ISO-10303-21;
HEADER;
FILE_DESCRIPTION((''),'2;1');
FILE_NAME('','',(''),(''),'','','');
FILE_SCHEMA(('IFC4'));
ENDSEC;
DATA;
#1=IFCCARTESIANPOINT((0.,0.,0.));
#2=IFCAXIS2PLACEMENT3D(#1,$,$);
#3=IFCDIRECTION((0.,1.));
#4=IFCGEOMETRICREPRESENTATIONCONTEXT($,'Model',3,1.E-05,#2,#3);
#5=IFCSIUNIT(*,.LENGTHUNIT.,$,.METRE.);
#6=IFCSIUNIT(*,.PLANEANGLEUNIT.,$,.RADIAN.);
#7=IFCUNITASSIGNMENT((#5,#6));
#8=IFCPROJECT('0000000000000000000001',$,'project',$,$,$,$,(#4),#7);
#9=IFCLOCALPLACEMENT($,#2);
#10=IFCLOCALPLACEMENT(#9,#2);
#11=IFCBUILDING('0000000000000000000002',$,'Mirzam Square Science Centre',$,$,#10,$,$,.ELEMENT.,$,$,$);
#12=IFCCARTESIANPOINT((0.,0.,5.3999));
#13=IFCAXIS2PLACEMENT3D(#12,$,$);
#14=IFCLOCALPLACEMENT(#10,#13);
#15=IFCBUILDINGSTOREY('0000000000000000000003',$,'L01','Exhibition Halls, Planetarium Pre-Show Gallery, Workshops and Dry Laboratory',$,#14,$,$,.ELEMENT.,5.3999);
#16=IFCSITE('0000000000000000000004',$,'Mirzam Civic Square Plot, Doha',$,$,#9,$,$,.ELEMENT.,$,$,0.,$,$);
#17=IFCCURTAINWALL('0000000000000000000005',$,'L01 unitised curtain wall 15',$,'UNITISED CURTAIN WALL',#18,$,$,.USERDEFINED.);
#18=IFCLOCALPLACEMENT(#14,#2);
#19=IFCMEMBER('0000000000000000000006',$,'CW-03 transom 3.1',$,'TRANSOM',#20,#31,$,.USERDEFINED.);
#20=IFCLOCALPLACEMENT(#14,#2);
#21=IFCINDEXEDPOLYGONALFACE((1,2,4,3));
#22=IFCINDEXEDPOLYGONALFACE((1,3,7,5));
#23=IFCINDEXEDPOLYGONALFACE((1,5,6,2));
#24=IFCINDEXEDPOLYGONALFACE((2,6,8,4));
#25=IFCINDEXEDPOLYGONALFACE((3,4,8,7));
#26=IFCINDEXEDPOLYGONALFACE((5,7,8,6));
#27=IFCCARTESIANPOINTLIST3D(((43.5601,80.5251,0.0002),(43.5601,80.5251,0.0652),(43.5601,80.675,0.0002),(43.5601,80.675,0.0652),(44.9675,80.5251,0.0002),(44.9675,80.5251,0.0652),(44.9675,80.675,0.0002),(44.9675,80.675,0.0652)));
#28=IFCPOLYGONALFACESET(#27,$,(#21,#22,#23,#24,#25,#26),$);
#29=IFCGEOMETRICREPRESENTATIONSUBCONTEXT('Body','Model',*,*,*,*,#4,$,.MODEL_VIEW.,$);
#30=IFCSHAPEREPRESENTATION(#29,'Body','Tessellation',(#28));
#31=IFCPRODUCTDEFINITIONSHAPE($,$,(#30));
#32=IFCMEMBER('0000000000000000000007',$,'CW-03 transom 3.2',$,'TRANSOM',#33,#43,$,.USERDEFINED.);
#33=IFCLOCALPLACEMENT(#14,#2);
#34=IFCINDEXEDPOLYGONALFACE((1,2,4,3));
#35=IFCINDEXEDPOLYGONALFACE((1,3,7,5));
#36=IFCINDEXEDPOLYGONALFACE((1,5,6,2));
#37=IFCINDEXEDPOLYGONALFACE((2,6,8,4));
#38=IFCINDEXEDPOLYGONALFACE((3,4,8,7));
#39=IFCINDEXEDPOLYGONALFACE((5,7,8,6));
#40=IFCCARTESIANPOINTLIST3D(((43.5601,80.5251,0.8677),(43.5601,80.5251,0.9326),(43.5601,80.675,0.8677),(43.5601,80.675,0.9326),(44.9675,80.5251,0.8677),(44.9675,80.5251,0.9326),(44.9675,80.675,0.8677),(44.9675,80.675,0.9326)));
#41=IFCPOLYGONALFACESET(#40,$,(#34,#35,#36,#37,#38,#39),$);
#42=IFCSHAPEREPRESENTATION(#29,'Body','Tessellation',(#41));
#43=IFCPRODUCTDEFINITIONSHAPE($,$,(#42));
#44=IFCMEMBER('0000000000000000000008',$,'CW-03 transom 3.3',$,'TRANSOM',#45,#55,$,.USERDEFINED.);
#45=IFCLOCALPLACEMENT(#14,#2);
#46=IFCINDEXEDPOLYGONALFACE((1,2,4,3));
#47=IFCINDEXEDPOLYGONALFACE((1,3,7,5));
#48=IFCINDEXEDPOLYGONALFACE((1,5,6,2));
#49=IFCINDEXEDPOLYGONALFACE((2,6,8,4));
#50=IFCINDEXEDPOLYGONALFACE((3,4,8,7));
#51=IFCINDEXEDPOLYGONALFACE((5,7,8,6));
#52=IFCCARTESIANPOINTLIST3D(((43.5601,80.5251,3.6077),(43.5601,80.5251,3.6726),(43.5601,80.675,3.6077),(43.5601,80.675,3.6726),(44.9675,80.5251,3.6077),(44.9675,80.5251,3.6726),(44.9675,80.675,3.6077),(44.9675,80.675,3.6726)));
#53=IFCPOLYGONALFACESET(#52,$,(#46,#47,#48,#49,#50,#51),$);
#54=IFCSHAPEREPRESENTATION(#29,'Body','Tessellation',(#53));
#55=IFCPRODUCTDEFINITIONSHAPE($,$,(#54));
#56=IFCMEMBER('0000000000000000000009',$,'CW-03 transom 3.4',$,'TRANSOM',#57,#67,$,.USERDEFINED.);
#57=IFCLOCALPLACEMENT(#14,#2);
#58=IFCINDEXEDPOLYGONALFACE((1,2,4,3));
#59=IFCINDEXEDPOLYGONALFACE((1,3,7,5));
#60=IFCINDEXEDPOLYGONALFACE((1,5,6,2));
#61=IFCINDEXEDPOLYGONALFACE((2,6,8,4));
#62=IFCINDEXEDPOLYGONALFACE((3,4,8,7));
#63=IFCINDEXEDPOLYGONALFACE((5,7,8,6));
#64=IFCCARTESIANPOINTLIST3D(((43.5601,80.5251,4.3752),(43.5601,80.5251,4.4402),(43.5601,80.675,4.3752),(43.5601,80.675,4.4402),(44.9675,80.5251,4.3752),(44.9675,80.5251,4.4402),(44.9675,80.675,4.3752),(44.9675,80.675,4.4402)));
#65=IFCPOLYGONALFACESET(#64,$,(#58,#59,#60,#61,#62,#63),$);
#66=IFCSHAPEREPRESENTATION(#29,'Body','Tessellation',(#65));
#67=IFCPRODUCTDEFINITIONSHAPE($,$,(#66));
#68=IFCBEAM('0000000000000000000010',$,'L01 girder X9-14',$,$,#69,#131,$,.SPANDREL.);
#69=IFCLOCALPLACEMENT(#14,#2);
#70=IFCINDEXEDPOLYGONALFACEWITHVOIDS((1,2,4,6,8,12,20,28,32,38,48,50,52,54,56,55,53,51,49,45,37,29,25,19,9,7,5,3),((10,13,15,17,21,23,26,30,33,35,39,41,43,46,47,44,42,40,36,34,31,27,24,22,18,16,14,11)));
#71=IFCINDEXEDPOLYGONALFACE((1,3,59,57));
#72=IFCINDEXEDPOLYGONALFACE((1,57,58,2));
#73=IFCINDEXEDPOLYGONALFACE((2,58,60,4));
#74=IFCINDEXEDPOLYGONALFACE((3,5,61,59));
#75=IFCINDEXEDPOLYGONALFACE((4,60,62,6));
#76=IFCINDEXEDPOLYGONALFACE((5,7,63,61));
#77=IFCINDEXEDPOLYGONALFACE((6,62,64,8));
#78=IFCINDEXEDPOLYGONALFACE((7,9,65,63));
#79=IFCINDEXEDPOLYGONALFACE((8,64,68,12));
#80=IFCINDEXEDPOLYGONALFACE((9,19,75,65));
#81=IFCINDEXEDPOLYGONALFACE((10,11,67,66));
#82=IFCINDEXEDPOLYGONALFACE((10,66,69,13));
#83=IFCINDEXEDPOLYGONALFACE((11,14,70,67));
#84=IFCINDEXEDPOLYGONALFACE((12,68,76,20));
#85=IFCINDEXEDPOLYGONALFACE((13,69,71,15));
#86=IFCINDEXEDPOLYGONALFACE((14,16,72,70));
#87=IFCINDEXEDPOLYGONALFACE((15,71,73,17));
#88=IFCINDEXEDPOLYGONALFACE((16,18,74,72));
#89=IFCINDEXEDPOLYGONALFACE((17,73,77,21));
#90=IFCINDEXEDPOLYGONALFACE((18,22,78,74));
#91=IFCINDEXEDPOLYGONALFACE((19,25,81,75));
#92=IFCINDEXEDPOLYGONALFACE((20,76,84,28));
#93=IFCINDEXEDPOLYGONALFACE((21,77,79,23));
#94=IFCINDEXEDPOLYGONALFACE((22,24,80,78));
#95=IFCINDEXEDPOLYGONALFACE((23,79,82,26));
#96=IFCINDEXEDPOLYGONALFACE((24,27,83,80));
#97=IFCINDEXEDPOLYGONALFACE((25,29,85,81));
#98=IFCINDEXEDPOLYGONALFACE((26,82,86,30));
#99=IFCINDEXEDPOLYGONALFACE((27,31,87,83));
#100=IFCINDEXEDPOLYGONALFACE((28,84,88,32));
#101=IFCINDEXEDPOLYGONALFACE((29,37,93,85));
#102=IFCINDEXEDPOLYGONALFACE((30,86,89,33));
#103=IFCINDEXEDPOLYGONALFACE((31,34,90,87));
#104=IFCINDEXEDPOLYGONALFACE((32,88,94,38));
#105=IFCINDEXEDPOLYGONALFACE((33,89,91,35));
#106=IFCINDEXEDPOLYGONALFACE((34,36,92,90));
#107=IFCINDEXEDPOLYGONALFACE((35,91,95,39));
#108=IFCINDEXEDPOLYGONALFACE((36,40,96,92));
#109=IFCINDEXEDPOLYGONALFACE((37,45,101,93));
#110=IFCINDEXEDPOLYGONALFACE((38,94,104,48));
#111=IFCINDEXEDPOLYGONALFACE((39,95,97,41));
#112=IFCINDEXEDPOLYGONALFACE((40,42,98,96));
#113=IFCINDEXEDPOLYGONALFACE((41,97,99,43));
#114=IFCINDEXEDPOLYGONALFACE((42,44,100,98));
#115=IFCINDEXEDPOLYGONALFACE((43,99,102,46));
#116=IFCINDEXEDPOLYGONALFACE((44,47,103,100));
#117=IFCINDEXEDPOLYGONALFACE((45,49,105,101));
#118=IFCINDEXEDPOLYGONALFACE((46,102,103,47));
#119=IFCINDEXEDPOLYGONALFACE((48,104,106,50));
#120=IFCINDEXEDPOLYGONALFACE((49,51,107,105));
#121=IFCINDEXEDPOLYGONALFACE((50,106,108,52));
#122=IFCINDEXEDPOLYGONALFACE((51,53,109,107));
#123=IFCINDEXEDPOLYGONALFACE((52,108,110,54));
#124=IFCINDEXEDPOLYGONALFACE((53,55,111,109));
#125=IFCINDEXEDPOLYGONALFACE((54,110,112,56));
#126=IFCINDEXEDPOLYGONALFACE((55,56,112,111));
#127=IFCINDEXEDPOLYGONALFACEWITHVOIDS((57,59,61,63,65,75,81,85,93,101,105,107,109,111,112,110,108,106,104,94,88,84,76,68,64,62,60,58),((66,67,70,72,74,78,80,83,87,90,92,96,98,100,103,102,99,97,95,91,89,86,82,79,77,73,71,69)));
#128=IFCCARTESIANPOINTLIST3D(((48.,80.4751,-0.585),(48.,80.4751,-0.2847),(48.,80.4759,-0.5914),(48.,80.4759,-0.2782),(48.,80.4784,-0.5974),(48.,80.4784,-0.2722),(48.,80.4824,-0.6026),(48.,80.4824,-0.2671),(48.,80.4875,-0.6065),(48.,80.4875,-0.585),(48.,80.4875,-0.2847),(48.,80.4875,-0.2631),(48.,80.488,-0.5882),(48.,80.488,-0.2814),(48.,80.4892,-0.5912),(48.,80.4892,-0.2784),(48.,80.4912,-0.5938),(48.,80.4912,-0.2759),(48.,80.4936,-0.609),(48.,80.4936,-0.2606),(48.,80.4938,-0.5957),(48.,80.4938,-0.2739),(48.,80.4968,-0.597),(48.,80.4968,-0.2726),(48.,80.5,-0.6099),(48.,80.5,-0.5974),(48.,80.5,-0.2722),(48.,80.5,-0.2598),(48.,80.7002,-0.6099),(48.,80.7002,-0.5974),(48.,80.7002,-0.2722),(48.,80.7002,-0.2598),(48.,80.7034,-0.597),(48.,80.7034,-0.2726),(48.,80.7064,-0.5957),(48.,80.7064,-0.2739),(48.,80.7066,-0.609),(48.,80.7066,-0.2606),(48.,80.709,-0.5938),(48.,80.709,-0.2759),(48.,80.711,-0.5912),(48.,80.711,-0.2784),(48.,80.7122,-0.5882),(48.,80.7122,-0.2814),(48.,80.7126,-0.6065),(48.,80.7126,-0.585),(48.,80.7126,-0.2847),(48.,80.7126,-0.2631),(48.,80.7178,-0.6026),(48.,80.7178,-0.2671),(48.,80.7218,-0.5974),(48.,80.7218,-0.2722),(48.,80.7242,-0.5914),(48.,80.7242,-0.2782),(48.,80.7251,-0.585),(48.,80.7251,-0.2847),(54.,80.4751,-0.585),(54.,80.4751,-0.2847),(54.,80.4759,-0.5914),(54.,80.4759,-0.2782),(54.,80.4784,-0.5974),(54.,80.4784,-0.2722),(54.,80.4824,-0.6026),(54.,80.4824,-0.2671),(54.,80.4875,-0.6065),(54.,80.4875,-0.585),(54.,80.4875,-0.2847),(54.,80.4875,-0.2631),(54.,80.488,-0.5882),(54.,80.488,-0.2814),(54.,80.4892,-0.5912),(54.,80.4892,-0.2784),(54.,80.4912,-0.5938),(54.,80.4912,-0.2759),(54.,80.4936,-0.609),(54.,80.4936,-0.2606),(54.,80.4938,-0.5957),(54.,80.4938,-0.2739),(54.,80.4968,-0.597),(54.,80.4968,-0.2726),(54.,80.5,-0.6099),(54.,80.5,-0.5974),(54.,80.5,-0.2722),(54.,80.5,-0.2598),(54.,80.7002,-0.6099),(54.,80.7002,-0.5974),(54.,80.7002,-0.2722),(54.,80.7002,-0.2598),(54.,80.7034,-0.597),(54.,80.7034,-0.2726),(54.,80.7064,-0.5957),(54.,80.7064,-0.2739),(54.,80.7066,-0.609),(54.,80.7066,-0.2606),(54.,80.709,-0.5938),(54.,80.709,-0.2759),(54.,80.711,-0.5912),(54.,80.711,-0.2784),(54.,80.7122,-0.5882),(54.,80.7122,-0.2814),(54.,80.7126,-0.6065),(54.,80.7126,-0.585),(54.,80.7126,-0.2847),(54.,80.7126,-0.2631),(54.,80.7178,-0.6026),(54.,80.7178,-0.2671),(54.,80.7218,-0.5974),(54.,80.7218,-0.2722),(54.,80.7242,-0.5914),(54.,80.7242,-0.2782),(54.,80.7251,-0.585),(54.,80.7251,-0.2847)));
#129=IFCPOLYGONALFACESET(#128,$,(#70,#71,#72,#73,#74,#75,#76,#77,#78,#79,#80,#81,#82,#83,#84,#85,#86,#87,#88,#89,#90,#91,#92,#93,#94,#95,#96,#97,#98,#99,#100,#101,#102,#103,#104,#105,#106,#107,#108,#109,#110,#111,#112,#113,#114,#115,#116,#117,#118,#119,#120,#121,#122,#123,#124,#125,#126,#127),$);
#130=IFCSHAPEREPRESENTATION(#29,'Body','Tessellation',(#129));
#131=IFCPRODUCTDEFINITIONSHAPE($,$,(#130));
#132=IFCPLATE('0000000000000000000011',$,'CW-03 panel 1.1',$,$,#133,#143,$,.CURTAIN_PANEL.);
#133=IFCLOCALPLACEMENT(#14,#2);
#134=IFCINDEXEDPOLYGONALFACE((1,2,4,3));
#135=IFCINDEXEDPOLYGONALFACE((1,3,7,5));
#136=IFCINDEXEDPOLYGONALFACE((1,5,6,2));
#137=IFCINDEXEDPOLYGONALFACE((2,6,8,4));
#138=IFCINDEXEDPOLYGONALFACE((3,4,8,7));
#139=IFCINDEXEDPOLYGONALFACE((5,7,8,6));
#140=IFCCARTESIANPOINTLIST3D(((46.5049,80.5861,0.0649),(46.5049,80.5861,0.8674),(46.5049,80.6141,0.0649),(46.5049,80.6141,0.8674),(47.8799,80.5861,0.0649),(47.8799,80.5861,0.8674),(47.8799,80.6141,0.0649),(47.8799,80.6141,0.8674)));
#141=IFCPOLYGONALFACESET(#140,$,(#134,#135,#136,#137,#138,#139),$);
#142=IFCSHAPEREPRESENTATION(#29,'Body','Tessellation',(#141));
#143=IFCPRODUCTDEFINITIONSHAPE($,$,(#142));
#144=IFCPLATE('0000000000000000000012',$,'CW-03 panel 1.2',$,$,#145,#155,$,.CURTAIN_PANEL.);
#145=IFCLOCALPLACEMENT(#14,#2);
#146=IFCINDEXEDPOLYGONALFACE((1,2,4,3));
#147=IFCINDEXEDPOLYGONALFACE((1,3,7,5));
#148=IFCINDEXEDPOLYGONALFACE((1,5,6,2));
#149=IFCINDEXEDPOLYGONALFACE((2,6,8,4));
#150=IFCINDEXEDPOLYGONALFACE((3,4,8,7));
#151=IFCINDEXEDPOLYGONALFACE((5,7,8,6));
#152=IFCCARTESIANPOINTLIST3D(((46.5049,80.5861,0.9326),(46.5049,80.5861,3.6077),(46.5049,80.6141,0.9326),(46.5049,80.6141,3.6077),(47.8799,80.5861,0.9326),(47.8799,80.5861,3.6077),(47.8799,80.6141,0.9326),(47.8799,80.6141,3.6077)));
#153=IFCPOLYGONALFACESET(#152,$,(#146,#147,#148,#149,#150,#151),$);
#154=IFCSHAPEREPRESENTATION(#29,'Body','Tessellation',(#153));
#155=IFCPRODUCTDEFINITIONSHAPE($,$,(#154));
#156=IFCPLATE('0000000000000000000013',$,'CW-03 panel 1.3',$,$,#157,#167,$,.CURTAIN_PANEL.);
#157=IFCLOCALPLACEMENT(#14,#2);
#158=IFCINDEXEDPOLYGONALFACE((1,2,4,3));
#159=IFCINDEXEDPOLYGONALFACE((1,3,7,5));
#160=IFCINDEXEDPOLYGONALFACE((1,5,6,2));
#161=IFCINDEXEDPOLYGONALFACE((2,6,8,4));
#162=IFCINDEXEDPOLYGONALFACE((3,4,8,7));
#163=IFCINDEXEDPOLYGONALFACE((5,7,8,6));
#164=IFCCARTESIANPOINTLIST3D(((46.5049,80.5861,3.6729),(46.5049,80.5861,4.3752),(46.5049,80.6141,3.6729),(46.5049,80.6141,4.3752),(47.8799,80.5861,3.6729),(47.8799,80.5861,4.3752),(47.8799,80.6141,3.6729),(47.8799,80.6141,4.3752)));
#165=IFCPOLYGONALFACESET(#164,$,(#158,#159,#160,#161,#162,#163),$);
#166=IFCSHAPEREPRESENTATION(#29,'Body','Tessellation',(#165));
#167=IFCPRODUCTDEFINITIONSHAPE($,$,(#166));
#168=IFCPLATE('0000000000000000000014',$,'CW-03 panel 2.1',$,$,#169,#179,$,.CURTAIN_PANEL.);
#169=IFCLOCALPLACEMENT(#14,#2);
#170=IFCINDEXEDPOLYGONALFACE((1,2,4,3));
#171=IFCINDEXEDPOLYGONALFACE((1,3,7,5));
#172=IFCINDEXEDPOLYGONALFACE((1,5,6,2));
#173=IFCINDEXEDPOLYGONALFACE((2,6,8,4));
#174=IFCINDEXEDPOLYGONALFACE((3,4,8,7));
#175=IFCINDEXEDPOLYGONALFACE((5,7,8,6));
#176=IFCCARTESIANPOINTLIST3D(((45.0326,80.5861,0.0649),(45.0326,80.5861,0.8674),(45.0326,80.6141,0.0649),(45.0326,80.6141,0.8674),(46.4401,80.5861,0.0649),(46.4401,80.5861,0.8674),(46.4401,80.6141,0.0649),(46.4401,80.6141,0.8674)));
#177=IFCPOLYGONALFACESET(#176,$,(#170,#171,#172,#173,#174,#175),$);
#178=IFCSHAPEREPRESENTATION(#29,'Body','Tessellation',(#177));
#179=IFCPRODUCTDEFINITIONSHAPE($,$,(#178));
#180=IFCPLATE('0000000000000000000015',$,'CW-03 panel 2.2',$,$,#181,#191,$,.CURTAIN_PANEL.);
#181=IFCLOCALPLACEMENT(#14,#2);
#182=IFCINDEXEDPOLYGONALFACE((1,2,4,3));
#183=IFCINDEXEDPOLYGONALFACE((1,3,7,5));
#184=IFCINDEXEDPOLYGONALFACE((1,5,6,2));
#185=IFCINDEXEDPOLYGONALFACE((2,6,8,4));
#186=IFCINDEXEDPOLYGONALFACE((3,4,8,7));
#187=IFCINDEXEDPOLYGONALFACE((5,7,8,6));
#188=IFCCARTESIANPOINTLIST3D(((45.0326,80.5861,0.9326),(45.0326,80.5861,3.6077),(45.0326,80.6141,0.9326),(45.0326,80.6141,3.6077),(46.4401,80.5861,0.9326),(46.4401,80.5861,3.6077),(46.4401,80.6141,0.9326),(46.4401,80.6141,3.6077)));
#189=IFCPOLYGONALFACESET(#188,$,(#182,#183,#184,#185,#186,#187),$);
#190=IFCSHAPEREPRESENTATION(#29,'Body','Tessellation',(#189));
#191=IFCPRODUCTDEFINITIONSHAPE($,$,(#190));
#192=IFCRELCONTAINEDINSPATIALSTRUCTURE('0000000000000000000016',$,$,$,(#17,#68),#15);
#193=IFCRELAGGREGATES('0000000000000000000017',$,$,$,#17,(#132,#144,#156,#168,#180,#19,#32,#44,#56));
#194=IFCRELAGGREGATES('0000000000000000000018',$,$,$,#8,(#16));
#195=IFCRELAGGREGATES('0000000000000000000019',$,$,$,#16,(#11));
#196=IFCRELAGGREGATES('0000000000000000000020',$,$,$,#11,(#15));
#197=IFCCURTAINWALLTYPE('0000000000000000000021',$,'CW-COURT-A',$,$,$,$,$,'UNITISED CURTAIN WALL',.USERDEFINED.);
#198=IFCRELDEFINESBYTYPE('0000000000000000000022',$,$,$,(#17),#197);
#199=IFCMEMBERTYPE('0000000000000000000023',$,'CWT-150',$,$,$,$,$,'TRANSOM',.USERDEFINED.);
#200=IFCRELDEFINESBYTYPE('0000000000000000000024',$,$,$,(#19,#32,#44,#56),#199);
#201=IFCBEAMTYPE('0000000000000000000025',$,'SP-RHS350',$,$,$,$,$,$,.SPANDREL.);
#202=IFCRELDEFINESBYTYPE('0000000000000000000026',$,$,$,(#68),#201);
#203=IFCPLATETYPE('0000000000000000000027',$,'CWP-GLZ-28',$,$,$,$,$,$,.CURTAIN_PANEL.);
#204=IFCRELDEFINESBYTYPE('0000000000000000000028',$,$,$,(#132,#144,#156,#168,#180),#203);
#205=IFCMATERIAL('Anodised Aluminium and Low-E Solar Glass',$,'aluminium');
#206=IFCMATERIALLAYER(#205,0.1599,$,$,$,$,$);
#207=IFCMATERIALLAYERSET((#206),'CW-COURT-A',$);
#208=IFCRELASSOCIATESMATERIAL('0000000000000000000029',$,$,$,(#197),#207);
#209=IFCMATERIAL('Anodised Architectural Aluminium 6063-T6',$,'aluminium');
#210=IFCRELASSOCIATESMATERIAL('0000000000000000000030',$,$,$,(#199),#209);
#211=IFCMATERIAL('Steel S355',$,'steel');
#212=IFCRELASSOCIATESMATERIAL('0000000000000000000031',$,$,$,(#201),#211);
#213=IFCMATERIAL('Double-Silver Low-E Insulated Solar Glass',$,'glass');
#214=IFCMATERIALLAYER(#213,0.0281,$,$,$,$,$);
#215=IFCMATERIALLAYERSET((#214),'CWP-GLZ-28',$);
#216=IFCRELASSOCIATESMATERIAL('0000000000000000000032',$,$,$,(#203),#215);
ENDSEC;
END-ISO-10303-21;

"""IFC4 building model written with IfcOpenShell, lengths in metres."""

from ifc_helpers import new_model, si_unit, direction, frame, origin, origin_2d, place, context, subcontext, project, spatial, rectangle, hollow_rectangle, extrude, material, layer, layer_set, material_profile, profile_set, type_object, element, aggregate, save


model = new_model("IFC4")

# Units and contexts
model_context = context("Model", 3, precision=1e-05, world=origin(), true_north=direction((0.0, 1.0)))
body_context = subcontext(model_context, "Body", "Model", "MODEL_VIEW")
ifc_project = project(units=[si_unit("LENGTHUNIT", "METRE"), si_unit("PLANEANGLEUNIT", "RADIAN")], contexts=[model_context])

# Site, building, storey
site_placement = place(None, origin())
site = spatial("IfcSite", under=ifc_project, at=site_placement, Name="Mirzam Civic Square Plot, Doha", CompositionType="ELEMENT", RefElevation=0.0)
building_placement = place(site_placement, origin())
building = spatial("IfcBuilding", under=site, at=building_placement, Name="Mirzam Square Science Centre", CompositionType="ELEMENT")
storey_placement = place(building_placement, frame((0.0, 0.0, 5.3999)))
storey = spatial("IfcBuildingStorey", under=building, at=storey_placement, Name="L01", Description="Exhibition Halls, Planetarium Pre-Show Gallery, Workshops and Dry Laboratory", CompositionType="ELEMENT", Elevation=5.3999)

# Shared definitions
ifc_material_1 = material(Name="Steel S355", Category="steel")

# Curtain wall, members
ifc_material_2 = material(Name="Anodised Aluminium and Low-E Solar Glass", Category="aluminium")
ifc_layer_1 = layer(ifc_material_2, 0.1599)
ifc_layer_set_1 = layer_set([ifc_layer_1], Name="CW-COURT-A")
curtain_wall_type = type_object("IfcCurtainWallType", Name="CW-COURT-A", ElementType="UNITISED CURTAIN WALL", PredefinedType="USERDEFINED", material=ifc_layer_set_1)
curtain_wall_placement = place(storey_placement, origin())
curtain_wall = element("IfcCurtainWall", 1, at=curtain_wall_placement, inside=storey, type_object=curtain_wall_type, Name="L01 unitised curtain wall 15", ObjectType="UNITISED CURTAIN WALL", PredefinedType="USERDEFINED")
ifc_material_3 = material(Name="Anodised Architectural Aluminium 6063-T6", Category="aluminium")
ifc_material_profile_1 = material_profile(ifc_material_3, rectangle(XDim=0.1499, YDim=0.0649, at=origin_2d()), Name="ALU-TRAN-150x65x4")
ifc_profile_set_1 = profile_set([ifc_material_profile_1], Name="Anodised Architectural Aluminium 6063-T6")
member_type_1 = type_object("IfcMemberType", Name="CWT-150", ElementType="TRANSOM", PredefinedType="USERDEFINED", material=ifc_profile_set_1)
member_1_placement = place(storey_placement, frame((44.9675, 80.6001, 0.0327), z_axis=(-1.0, 0.0, 0.0), x_axis=(0.0, -1.0, 0.0)))
member_1 = element("IfcMember", 2, at=member_1_placement, type_object=member_type_1, Name="CW-03 transom 3.1", ObjectType="TRANSOM", PredefinedType="USERDEFINED", context=body_context, shape_type="SweptSolid", body=[
    extrude(rectangle(XDim=0.1499, YDim=0.0649, at=origin_2d()), origin(), (0.0, 0.0, 1.0), 1.4075),
])
member_2_placement = place(storey_placement, frame((44.9675, 80.6001, 0.9001), z_axis=(-1.0, 0.0, 0.0), x_axis=(0.0, -1.0, 0.0)))
member_2 = element("IfcMember", 3, at=member_2_placement, type_object=member_type_1, Name="CW-03 transom 3.2", ObjectType="TRANSOM", PredefinedType="USERDEFINED", context=body_context, shape_type="SweptSolid", body=[
    extrude(rectangle(XDim=0.1499, YDim=0.0649, at=origin_2d()), origin(), (0.0, 0.0, 1.0), 1.4075),
])
member_3_placement = place(storey_placement, frame((44.9675, 80.6001, 3.6401), z_axis=(-1.0, 0.0, 0.0), x_axis=(0.0, -1.0, 0.0)))
member_3 = element("IfcMember", 4, at=member_3_placement, type_object=member_type_1, Name="CW-03 transom 3.3", ObjectType="TRANSOM", PredefinedType="USERDEFINED", context=body_context, shape_type="SweptSolid", body=[
    extrude(rectangle(XDim=0.1499, YDim=0.0649, at=origin_2d()), origin(), (0.0, 0.0, 1.0), 1.4075),
])
member_4_placement = place(storey_placement, frame((44.9675, 80.6001, 4.4077), z_axis=(-1.0, 0.0, 0.0), x_axis=(0.0, -1.0, 0.0)))
member_4 = element("IfcMember", 5, at=member_4_placement, type_object=member_type_1, Name="CW-03 transom 3.4", ObjectType="TRANSOM", PredefinedType="USERDEFINED", context=body_context, shape_type="SweptSolid", body=[
    extrude(rectangle(XDim=0.1499, YDim=0.0649, at=origin_2d()), origin(), (0.0, 0.0, 1.0), 1.4075),
])

# Beam
ifc_material_profile_2 = material_profile(ifc_material_1, hollow_rectangle(XDim=0.25, YDim=0.3501, WallThickness=0.0125, InnerFilletRadius=0.0125, OuterFilletRadius=0.0249, at=origin_2d()), Name="350x250x12.5RHS")
ifc_profile_set_2 = profile_set([ifc_material_profile_2], Name="Steel S355")
beam_type = type_object("IfcBeamType", Name="SP-RHS350", PredefinedType="SPANDREL", material=ifc_profile_set_2)
beam_placement = place(storey_placement, frame((48.0, 80.6001, -0.4348), z_axis=(1.0, 0.0, 0.0), x_axis=(0.0, 1.0, 0.0)))
element("IfcBeam", 6, at=beam_placement, inside=storey, type_object=beam_type, Name="L01 girder X9-14", PredefinedType="SPANDREL", context=body_context, shape_type="SweptSolid", body=[
    extrude(hollow_rectangle(XDim=0.25, YDim=0.3501, WallThickness=0.0125, InnerFilletRadius=0.0125, OuterFilletRadius=0.0249, at=origin_2d()), origin(), (0.0, 0.0, 1.0), 6.0),
])

# Plates
ifc_material_4 = material(Name="Double-Silver Low-E Insulated Solar Glass", Category="glass")
ifc_layer_2 = layer(ifc_material_4, 0.0281)
ifc_layer_set_2 = layer_set([ifc_layer_2], Name="CWP-GLZ-28")
plate_type = type_object("IfcPlateType", Name="CWP-GLZ-28", PredefinedType="CURTAIN_PANEL", material=ifc_layer_set_2)
plate_1_placement = place(storey_placement, frame((47.1924, 80.6001, 0.0649), z_axis=(0.0, 0.0, 1.0), x_axis=(-1.0, 0.0, 0.0)))
plate_1 = element("IfcPlate", 7, at=plate_1_placement, type_object=plate_type, Name="CW-03 panel 1.1", PredefinedType="CURTAIN_PANEL", context=body_context, shape_type="SweptSolid", body=[
    extrude(rectangle(XDim=1.375, YDim=0.0281, at=origin_2d()), origin(), (0.0, 0.0, 1.0), 0.8025),
])
plate_2_placement = place(storey_placement, frame((47.1924, 80.6001, 0.9326), z_axis=(0.0, 0.0, 1.0), x_axis=(-1.0, 0.0, 0.0)))
plate_2 = element("IfcPlate", 8, at=plate_2_placement, type_object=plate_type, Name="CW-03 panel 1.2", PredefinedType="CURTAIN_PANEL", context=body_context, shape_type="SweptSolid", body=[
    extrude(rectangle(XDim=1.375, YDim=0.0281, at=origin_2d()), origin(), (0.0, 0.0, 1.0), 2.675),
])
plate_3_placement = place(storey_placement, frame((47.1924, 80.6001, 3.6729), z_axis=(0.0, 0.0, 1.0), x_axis=(-1.0, 0.0, 0.0)))
plate_3 = element("IfcPlate", 9, at=plate_3_placement, type_object=plate_type, Name="CW-03 panel 1.3", PredefinedType="CURTAIN_PANEL", context=body_context, shape_type="SweptSolid", body=[
    extrude(rectangle(XDim=1.375, YDim=0.0281, at=origin_2d()), origin(), (0.0, 0.0, 1.0), 0.7024),
])
plate_4_placement = place(storey_placement, frame((45.7363, 80.6001, 0.0649), z_axis=(0.0, 0.0, 1.0), x_axis=(-1.0, 0.0, 0.0)))
plate_4 = element("IfcPlate", 10, at=plate_4_placement, type_object=plate_type, Name="CW-03 panel 2.1", PredefinedType="CURTAIN_PANEL", context=body_context, shape_type="SweptSolid", body=[
    extrude(rectangle(XDim=1.4075, YDim=0.0281, at=origin_2d()), origin(), (0.0, 0.0, 1.0), 0.8025),
])
plate_5_placement = place(storey_placement, frame((45.7363, 80.6001, 0.9326), z_axis=(0.0, 0.0, 1.0), x_axis=(-1.0, 0.0, 0.0)))
plate_5 = element("IfcPlate", 11, at=plate_5_placement, type_object=plate_type, Name="CW-03 panel 2.2", PredefinedType="CURTAIN_PANEL", context=body_context, shape_type="SweptSolid", body=[
    extrude(rectangle(XDim=1.4075, YDim=0.0281, at=origin_2d()), origin(), (0.0, 0.0, 1.0), 2.675),
])
aggregate(curtain_wall, [plate_1, plate_2, plate_3, plate_4, plate_5, member_1, member_2, member_3, member_4])

save(model, "model.ifc")
